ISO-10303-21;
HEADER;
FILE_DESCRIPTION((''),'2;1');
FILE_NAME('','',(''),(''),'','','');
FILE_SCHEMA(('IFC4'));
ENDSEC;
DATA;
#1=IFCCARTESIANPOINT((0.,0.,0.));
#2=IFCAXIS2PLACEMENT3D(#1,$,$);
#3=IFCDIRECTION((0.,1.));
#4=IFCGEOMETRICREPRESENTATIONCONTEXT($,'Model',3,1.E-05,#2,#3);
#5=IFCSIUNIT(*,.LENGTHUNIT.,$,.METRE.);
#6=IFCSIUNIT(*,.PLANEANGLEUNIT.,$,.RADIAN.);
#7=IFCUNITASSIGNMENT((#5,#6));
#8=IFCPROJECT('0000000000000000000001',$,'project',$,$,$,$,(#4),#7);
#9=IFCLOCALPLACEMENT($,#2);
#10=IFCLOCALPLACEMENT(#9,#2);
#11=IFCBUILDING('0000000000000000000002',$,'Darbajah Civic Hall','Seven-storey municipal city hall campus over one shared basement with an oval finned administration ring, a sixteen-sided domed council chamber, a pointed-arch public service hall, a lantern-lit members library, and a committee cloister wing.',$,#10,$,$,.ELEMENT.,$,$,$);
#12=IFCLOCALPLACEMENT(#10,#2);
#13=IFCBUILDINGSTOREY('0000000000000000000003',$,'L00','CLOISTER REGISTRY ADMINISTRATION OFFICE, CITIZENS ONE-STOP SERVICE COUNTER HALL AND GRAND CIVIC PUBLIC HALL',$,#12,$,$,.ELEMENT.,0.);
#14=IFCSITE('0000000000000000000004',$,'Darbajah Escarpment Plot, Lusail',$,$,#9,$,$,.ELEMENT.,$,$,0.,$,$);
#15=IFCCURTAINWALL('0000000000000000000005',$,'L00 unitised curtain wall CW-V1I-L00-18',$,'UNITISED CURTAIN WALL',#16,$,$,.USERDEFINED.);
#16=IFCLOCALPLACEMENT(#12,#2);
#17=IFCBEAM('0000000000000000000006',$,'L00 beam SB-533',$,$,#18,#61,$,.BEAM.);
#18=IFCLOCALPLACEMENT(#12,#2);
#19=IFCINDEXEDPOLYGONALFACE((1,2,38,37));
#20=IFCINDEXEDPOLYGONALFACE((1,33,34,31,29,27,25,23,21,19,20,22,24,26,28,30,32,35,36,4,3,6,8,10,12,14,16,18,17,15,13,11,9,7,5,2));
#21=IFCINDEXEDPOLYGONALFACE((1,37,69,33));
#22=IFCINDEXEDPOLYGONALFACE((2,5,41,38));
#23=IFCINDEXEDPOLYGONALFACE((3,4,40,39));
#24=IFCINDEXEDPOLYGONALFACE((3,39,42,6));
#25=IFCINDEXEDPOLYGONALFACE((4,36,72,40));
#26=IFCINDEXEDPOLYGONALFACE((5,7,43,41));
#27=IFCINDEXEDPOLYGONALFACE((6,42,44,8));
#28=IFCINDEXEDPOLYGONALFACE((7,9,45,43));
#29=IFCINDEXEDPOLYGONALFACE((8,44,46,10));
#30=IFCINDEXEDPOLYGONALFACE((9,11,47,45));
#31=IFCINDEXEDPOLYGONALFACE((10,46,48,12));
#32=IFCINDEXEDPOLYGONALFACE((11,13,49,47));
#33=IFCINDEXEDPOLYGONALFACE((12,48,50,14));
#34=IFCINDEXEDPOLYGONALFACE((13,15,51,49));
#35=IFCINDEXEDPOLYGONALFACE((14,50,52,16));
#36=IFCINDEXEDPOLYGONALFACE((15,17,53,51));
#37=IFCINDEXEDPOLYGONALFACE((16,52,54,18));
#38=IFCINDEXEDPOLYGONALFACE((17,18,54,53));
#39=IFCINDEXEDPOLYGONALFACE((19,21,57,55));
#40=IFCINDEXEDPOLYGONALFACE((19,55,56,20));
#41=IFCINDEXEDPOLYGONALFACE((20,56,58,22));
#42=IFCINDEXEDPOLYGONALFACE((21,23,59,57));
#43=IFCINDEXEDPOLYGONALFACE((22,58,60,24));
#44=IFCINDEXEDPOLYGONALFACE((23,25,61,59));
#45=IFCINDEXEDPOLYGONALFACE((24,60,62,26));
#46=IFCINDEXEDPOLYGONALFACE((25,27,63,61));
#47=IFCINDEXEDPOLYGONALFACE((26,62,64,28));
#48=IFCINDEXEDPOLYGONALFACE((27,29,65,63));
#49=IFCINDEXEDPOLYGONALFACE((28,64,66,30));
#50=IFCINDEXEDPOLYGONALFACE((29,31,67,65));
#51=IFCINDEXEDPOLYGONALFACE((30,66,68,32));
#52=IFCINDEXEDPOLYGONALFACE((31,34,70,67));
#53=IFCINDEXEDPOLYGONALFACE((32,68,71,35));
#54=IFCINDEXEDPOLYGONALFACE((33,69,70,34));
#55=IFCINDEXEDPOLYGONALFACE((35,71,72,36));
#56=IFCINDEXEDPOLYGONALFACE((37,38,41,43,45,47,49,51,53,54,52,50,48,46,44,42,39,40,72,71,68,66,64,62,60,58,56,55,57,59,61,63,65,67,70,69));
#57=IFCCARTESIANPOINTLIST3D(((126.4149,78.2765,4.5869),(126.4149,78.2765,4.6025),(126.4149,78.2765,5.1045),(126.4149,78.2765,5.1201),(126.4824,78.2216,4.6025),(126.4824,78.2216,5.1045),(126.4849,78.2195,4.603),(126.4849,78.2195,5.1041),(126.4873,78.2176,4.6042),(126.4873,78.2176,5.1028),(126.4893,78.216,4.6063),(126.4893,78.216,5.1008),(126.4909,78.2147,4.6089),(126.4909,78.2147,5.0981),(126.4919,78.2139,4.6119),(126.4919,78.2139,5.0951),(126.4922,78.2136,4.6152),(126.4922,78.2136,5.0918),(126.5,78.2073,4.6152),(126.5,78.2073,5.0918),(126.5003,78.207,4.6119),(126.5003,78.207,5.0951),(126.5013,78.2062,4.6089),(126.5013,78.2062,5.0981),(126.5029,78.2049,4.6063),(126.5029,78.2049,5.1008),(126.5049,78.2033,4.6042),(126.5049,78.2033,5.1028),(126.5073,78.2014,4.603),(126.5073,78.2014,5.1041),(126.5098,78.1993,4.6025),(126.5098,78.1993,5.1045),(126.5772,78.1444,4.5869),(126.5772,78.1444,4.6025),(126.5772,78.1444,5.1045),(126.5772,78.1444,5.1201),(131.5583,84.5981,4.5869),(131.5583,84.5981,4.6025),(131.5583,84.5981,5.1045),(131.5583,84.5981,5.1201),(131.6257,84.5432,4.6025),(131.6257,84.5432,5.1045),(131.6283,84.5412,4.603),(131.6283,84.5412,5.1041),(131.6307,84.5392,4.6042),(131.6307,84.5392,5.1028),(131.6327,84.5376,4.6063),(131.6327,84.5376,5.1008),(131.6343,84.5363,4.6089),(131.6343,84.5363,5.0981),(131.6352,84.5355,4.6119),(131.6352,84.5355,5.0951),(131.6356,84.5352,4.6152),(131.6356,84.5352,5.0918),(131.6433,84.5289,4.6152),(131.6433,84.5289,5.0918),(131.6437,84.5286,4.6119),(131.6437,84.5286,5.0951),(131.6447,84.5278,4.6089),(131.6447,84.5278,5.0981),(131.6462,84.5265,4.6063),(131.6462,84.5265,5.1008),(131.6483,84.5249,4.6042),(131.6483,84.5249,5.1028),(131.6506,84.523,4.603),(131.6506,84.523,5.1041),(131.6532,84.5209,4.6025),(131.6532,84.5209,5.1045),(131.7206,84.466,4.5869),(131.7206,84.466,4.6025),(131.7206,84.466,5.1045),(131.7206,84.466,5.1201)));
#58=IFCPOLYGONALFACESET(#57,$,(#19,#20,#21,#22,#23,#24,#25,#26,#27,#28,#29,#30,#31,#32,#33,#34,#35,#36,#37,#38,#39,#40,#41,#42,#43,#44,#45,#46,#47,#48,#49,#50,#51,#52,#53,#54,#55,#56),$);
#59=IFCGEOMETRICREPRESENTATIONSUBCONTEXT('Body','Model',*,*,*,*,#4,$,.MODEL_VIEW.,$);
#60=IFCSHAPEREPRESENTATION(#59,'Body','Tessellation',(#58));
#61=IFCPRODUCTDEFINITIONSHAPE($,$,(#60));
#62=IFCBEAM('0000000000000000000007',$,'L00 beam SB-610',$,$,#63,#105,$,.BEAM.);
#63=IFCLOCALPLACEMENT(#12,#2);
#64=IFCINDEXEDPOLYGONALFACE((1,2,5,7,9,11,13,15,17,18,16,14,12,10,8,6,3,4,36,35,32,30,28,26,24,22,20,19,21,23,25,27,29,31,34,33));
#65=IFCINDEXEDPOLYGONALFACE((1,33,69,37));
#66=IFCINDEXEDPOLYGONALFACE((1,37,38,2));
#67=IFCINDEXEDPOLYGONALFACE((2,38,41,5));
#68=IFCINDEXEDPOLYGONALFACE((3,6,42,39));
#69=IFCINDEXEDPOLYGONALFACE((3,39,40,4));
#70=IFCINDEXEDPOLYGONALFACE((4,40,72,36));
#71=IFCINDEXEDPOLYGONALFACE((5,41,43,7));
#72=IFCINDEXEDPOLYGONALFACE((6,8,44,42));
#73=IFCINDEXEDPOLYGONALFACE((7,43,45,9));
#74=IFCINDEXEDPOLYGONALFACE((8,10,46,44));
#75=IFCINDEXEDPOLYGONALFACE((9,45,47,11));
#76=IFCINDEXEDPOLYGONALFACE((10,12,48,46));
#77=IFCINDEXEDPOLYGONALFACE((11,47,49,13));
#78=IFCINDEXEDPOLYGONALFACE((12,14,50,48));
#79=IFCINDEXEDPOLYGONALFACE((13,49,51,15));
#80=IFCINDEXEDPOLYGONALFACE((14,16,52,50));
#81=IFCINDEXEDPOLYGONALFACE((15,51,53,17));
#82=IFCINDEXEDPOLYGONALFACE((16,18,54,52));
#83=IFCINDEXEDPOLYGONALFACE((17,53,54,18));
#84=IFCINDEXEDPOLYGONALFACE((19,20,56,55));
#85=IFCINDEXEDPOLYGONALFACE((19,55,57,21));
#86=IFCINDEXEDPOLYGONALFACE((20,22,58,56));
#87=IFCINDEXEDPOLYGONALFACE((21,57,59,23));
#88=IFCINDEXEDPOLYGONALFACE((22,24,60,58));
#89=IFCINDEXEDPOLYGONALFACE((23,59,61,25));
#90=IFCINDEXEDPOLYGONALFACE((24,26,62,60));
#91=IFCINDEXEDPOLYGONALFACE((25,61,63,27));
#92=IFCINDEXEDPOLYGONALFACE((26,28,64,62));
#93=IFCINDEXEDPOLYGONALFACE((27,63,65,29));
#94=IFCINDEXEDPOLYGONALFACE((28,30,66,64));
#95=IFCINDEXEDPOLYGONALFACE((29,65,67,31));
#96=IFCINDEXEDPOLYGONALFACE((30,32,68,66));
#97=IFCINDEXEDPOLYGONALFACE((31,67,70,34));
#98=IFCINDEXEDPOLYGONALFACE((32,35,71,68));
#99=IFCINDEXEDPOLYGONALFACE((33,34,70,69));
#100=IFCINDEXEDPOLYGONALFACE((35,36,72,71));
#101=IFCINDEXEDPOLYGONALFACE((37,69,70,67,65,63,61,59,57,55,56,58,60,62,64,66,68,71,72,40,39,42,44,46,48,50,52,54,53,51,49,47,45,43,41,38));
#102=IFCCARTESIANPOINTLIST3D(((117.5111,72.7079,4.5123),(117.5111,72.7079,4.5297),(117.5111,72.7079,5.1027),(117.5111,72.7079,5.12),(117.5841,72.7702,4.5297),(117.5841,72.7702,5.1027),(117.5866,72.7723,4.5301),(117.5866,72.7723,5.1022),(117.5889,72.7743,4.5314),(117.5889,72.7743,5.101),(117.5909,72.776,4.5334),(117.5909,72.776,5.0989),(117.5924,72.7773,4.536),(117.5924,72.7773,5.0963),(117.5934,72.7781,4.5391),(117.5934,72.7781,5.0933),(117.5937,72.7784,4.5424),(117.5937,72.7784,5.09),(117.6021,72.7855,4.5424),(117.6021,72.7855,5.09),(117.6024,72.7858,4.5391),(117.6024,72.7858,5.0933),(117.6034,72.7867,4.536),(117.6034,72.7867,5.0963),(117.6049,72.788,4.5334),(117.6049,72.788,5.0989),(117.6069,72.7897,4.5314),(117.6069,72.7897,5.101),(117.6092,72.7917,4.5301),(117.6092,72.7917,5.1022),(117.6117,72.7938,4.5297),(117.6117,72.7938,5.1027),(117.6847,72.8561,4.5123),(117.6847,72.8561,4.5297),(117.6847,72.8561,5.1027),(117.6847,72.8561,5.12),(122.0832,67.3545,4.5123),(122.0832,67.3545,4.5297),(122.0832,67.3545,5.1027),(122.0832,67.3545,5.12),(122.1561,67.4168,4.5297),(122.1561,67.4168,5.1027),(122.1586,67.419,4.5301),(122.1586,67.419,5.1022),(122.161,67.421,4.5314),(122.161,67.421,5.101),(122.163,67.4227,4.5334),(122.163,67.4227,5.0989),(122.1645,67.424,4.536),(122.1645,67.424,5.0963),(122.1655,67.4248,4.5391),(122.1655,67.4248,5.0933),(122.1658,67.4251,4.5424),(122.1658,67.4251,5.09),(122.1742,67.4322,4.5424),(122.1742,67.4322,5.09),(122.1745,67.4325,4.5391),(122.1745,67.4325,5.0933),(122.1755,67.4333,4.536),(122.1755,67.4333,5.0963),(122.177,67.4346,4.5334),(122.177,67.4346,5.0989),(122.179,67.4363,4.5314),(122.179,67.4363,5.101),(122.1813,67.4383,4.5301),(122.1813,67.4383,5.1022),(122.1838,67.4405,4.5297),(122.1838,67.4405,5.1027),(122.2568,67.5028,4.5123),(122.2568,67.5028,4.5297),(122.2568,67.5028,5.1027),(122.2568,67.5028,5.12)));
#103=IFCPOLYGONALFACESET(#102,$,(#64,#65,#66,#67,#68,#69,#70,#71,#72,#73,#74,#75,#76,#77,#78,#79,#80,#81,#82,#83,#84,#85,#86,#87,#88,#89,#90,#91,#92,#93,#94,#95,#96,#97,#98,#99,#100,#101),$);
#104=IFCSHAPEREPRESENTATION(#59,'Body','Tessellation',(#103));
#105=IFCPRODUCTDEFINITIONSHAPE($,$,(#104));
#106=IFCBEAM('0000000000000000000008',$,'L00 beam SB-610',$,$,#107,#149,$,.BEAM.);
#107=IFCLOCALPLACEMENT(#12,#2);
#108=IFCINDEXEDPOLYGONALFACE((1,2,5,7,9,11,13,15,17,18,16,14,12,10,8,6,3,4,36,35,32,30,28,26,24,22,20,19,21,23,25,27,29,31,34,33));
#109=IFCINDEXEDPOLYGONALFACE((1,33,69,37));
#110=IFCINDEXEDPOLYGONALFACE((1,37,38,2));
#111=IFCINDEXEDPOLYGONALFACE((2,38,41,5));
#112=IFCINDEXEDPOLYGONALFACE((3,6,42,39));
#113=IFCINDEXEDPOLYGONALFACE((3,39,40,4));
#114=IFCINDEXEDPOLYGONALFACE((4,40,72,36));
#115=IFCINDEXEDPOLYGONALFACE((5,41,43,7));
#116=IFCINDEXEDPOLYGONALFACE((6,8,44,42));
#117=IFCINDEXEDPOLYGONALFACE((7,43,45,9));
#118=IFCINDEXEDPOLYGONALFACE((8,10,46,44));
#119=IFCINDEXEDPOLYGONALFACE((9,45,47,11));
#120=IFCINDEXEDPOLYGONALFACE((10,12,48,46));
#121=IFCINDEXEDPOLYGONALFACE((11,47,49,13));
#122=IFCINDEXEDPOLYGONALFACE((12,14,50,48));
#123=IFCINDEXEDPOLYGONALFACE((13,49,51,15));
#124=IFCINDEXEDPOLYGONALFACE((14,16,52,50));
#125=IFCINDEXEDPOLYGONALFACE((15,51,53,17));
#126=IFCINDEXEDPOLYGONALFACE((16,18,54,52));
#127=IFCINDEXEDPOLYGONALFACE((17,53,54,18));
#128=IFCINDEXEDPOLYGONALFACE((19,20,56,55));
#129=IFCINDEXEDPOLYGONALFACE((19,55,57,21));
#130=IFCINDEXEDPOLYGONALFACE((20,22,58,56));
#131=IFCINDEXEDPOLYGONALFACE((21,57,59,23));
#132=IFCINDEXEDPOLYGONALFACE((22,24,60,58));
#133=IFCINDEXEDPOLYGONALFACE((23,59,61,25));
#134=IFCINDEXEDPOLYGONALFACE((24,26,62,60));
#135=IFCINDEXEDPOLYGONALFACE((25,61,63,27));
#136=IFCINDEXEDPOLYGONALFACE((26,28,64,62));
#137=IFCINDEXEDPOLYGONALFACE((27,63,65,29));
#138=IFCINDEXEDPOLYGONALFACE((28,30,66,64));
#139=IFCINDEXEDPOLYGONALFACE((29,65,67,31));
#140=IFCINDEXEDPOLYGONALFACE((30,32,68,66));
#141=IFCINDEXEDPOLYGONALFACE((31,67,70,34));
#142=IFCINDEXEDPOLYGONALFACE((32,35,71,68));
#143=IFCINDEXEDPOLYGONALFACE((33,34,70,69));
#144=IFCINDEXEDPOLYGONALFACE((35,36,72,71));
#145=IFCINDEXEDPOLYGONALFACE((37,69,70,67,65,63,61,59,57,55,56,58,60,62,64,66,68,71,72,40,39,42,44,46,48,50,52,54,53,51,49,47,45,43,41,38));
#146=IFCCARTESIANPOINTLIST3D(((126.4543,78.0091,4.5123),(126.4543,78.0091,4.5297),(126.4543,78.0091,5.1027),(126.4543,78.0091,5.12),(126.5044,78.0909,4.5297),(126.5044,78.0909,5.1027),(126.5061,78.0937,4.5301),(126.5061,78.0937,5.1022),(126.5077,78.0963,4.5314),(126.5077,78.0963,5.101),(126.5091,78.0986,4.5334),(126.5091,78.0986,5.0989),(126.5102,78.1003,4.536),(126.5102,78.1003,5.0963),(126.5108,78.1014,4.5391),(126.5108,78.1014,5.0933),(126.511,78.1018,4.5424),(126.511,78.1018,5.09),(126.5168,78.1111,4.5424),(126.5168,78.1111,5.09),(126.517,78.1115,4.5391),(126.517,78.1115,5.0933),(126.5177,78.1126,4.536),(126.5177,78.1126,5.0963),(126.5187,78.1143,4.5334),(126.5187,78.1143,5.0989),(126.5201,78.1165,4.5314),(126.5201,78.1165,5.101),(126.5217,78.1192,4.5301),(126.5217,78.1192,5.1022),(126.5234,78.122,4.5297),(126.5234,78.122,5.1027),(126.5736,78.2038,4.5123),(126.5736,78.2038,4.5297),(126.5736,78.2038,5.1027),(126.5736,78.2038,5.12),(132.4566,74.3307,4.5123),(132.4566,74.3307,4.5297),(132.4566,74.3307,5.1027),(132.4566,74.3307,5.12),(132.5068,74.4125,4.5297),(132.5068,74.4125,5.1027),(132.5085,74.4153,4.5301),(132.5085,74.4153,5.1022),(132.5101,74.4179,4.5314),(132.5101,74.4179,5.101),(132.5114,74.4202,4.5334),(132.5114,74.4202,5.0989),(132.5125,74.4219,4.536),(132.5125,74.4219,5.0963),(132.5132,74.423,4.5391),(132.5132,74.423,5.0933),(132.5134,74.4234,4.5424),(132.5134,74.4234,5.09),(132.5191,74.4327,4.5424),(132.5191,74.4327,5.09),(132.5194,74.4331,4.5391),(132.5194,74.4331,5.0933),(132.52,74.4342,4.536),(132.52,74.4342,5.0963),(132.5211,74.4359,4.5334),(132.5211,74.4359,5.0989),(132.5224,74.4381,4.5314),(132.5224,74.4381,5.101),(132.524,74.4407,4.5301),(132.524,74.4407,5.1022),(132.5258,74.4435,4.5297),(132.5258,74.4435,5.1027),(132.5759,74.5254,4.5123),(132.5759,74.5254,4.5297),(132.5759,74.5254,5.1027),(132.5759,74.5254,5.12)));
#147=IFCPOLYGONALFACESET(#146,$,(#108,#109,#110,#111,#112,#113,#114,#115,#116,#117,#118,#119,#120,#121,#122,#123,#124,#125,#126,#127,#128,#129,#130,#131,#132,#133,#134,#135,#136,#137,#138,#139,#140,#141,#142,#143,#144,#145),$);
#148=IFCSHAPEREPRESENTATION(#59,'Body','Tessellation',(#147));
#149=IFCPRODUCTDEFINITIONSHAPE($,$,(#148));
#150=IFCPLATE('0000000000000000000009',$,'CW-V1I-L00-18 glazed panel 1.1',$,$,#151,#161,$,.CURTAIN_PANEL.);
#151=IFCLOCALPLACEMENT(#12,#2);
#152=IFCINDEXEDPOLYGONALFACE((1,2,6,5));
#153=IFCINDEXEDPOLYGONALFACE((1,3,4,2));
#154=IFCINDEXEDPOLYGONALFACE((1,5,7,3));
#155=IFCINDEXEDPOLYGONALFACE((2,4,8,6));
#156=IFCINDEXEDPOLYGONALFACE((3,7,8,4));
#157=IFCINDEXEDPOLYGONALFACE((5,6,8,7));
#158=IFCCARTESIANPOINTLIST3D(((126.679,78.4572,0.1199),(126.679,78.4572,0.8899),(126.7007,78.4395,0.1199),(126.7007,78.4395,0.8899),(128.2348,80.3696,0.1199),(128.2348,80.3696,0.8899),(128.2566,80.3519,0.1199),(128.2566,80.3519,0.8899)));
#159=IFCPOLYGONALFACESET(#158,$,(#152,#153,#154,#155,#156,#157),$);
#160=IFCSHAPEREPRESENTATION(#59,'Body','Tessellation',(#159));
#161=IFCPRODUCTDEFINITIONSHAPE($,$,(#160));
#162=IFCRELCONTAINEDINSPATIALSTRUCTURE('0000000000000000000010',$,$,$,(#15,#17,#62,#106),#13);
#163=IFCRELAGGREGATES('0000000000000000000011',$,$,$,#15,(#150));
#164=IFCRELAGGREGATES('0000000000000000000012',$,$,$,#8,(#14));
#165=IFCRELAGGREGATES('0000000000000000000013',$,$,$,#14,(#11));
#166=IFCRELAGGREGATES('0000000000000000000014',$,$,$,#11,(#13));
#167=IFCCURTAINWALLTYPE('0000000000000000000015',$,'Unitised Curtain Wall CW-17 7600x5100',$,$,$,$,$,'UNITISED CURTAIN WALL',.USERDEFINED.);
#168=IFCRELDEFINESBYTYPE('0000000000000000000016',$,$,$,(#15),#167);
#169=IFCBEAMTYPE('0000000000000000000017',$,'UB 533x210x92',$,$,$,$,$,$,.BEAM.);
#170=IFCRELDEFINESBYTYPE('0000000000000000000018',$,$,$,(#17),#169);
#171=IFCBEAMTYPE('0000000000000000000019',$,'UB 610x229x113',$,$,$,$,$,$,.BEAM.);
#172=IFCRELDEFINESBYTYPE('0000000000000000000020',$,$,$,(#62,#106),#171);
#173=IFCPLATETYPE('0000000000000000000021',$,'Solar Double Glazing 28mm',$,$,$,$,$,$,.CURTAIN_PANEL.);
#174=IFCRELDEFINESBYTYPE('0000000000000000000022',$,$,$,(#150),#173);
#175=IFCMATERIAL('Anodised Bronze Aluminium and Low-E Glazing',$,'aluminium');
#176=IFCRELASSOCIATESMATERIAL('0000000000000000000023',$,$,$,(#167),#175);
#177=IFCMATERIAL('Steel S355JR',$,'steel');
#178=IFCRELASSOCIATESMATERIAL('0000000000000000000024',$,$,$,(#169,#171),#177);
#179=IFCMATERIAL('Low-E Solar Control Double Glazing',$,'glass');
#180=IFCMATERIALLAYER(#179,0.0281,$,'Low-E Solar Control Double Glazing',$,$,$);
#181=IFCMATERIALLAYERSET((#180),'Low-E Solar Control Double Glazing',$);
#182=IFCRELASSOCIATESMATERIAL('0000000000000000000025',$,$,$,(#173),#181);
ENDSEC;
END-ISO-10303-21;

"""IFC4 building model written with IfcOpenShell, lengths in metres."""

from ifc_helpers import new_model, si_unit, direction, frame, origin, origin_2d, place, context, subcontext, project, spatial, rectangle, i_section, extrude, material, layer, layer_set, material_profile, profile_set, type_object, element, aggregate, save


model = new_model("IFC4")

# Units and contexts
model_context = context("Model", 3, precision=1e-05, world=origin(), true_north=direction((0.0, 1.0)))
body_context = subcontext(model_context, "Body", "Model", "MODEL_VIEW")
ifc_project = project(units=[si_unit("LENGTHUNIT", "METRE"), si_unit("PLANEANGLEUNIT", "RADIAN")], contexts=[model_context])

# Site, building, storey
site_placement = place(None, origin())
site = spatial("IfcSite", under=ifc_project, at=site_placement, Name="Darbajah Escarpment Plot, Lusail", CompositionType="ELEMENT", RefElevation=0.0)
building_placement = place(site_placement, origin())
building = spatial("IfcBuilding", under=site, at=building_placement, Name="Darbajah Civic Hall", Description="Seven-storey municipal city hall campus over one shared basement with an oval finned administration ring, a sixteen-sided domed council chamber, a pointed-arch public service hall, a lantern-lit members library, and a committee cloister wing.", CompositionType="ELEMENT")
storey_placement = place(building_placement, origin())
storey = spatial("IfcBuildingStorey", under=building, at=storey_placement, Name="L00", Description="CLOISTER REGISTRY ADMINISTRATION OFFICE, CITIZENS ONE-STOP SERVICE COUNTER HALL AND GRAND CIVIC PUBLIC HALL", CompositionType="ELEMENT", Elevation=0.0)

# Curtain wall
ifc_material_1 = material(Name="Anodised Bronze Aluminium and Low-E Glazing", Category="aluminium")
curtain_wall_type = type_object("IfcCurtainWallType", Name="Unitised Curtain Wall CW-17 7600x5100", ElementType="UNITISED CURTAIN WALL", PredefinedType="USERDEFINED", material=ifc_material_1)
curtain_wall_placement = place(storey_placement, origin())
curtain_wall = element("IfcCurtainWall", 1, at=curtain_wall_placement, inside=storey, type_object=curtain_wall_type, Name="L00 unitised curtain wall CW-V1I-L00-18", ObjectType="UNITISED CURTAIN WALL", PredefinedType="USERDEFINED")

# Beams
ifc_material_2 = material(Name="Steel S355JR", Category="steel")
ifc_material_profile_1 = material_profile(ifc_material_2, i_section(OverallWidth=0.2092, OverallDepth=0.5332, WebThickness=0.01, FlangeThickness=0.0156, FilletRadius=0.0127, at=origin_2d()), Name="UB 533x210x92")
ifc_profile_set_1 = profile_set([ifc_material_profile_1], Name="Steel S355JR")
beam_type_1 = type_object("IfcBeamType", Name="UB 533x210x92", PredefinedType="BEAM", material=ifc_profile_set_1)
beam_1_placement = place(storey_placement, frame((126.4961, 78.2104, 4.8535), z_axis=(0.631115, 0.77569, 0.0), x_axis=(-0.77569, 0.631115, 0.0)))
element("IfcBeam", 2, at=beam_1_placement, inside=storey, type_object=beam_type_1, Name="L00 beam SB-533", PredefinedType="BEAM", context=body_context, shape_type="SweptSolid", body=[
    extrude(i_section(OverallWidth=0.2092, OverallDepth=0.5332, WebThickness=0.01, FlangeThickness=0.0156, FilletRadius=0.0127, at=origin_2d()), origin(), (0.0, 0.0, 1.0), 8.1497),
])
ifc_material_profile_2 = material_profile(ifc_material_2, i_section(OverallWidth=0.2283, OverallDepth=0.6077, WebThickness=0.011, FlangeThickness=0.0173, FilletRadius=0.0127, at=origin_2d()), Name="UB 610x229x113")
ifc_profile_set_2 = profile_set([ifc_material_profile_2], Name="Steel S355JR")
beam_type_2 = type_object("IfcBeamType", Name="UB 610x229x113", PredefinedType="BEAM", material=ifc_profile_set_2)
beam_2_placement = place(storey_placement, frame((117.5979, 72.782, 4.8162), z_axis=(0.649439, -0.760413, 0.0), x_axis=(0.760413, 0.649439, 0.0)))
element("IfcBeam", 3, at=beam_2_placement, inside=storey, type_object=beam_type_2, Name="L00 beam SB-610", PredefinedType="BEAM", context=body_context, shape_type="SweptSolid", body=[
    extrude(i_section(OverallWidth=0.2283, OverallDepth=0.6077, WebThickness=0.011, FlangeThickness=0.0173, FilletRadius=0.0127, at=origin_2d()), origin(), (0.0, 0.0, 1.0), 7.04),
])
beam_3_placement = place(storey_placement, frame((126.5139, 78.1064, 4.8162), z_axis=(0.85263, -0.522516, 0.0), x_axis=(0.522516, 0.85263, 0.0)))
element("IfcBeam", 4, at=beam_3_placement, inside=storey, type_object=beam_type_2, Name="L00 beam SB-610", PredefinedType="BEAM", context=body_context, shape_type="SweptSolid", body=[
    extrude(i_section(OverallWidth=0.2283, OverallDepth=0.6077, WebThickness=0.011, FlangeThickness=0.0173, FilletRadius=0.0127, at=origin_2d()), origin(), (0.0, 0.0, 1.0), 7.0398),
])

# Plate
ifc_material_3 = material(Name="Low-E Solar Control Double Glazing", Category="glass")
ifc_layer_1 = layer(ifc_material_3, 0.0281, Name="Low-E Solar Control Double Glazing")
ifc_layer_set_1 = layer_set([ifc_layer_1], Name="Low-E Solar Control Double Glazing")
plate_type = type_object("IfcPlateType", Name="Solar Double Glazing 28mm", PredefinedType="CURTAIN_PANEL", material=ifc_layer_set_1)
plate_placement = place(storey_placement, frame((127.4678, 79.4045, 0.1199), z_axis=(0.0, 0.0, 1.0), x_axis=(0.631082, 0.775716, 0.0)))
plate = element("IfcPlate", 5, at=plate_placement, type_object=plate_type, Name="CW-V1I-L00-18 glazed panel 1.1", PredefinedType="CURTAIN_PANEL", context=body_context, shape_type="SweptSolid", body=[
    extrude(rectangle(XDim=2.4653, YDim=0.0281, at=origin_2d()), origin(), (0.0, 0.0, 1.0), 0.77),
])
aggregate(curtain_wall, [plate])

save(model, "model.ifc")
